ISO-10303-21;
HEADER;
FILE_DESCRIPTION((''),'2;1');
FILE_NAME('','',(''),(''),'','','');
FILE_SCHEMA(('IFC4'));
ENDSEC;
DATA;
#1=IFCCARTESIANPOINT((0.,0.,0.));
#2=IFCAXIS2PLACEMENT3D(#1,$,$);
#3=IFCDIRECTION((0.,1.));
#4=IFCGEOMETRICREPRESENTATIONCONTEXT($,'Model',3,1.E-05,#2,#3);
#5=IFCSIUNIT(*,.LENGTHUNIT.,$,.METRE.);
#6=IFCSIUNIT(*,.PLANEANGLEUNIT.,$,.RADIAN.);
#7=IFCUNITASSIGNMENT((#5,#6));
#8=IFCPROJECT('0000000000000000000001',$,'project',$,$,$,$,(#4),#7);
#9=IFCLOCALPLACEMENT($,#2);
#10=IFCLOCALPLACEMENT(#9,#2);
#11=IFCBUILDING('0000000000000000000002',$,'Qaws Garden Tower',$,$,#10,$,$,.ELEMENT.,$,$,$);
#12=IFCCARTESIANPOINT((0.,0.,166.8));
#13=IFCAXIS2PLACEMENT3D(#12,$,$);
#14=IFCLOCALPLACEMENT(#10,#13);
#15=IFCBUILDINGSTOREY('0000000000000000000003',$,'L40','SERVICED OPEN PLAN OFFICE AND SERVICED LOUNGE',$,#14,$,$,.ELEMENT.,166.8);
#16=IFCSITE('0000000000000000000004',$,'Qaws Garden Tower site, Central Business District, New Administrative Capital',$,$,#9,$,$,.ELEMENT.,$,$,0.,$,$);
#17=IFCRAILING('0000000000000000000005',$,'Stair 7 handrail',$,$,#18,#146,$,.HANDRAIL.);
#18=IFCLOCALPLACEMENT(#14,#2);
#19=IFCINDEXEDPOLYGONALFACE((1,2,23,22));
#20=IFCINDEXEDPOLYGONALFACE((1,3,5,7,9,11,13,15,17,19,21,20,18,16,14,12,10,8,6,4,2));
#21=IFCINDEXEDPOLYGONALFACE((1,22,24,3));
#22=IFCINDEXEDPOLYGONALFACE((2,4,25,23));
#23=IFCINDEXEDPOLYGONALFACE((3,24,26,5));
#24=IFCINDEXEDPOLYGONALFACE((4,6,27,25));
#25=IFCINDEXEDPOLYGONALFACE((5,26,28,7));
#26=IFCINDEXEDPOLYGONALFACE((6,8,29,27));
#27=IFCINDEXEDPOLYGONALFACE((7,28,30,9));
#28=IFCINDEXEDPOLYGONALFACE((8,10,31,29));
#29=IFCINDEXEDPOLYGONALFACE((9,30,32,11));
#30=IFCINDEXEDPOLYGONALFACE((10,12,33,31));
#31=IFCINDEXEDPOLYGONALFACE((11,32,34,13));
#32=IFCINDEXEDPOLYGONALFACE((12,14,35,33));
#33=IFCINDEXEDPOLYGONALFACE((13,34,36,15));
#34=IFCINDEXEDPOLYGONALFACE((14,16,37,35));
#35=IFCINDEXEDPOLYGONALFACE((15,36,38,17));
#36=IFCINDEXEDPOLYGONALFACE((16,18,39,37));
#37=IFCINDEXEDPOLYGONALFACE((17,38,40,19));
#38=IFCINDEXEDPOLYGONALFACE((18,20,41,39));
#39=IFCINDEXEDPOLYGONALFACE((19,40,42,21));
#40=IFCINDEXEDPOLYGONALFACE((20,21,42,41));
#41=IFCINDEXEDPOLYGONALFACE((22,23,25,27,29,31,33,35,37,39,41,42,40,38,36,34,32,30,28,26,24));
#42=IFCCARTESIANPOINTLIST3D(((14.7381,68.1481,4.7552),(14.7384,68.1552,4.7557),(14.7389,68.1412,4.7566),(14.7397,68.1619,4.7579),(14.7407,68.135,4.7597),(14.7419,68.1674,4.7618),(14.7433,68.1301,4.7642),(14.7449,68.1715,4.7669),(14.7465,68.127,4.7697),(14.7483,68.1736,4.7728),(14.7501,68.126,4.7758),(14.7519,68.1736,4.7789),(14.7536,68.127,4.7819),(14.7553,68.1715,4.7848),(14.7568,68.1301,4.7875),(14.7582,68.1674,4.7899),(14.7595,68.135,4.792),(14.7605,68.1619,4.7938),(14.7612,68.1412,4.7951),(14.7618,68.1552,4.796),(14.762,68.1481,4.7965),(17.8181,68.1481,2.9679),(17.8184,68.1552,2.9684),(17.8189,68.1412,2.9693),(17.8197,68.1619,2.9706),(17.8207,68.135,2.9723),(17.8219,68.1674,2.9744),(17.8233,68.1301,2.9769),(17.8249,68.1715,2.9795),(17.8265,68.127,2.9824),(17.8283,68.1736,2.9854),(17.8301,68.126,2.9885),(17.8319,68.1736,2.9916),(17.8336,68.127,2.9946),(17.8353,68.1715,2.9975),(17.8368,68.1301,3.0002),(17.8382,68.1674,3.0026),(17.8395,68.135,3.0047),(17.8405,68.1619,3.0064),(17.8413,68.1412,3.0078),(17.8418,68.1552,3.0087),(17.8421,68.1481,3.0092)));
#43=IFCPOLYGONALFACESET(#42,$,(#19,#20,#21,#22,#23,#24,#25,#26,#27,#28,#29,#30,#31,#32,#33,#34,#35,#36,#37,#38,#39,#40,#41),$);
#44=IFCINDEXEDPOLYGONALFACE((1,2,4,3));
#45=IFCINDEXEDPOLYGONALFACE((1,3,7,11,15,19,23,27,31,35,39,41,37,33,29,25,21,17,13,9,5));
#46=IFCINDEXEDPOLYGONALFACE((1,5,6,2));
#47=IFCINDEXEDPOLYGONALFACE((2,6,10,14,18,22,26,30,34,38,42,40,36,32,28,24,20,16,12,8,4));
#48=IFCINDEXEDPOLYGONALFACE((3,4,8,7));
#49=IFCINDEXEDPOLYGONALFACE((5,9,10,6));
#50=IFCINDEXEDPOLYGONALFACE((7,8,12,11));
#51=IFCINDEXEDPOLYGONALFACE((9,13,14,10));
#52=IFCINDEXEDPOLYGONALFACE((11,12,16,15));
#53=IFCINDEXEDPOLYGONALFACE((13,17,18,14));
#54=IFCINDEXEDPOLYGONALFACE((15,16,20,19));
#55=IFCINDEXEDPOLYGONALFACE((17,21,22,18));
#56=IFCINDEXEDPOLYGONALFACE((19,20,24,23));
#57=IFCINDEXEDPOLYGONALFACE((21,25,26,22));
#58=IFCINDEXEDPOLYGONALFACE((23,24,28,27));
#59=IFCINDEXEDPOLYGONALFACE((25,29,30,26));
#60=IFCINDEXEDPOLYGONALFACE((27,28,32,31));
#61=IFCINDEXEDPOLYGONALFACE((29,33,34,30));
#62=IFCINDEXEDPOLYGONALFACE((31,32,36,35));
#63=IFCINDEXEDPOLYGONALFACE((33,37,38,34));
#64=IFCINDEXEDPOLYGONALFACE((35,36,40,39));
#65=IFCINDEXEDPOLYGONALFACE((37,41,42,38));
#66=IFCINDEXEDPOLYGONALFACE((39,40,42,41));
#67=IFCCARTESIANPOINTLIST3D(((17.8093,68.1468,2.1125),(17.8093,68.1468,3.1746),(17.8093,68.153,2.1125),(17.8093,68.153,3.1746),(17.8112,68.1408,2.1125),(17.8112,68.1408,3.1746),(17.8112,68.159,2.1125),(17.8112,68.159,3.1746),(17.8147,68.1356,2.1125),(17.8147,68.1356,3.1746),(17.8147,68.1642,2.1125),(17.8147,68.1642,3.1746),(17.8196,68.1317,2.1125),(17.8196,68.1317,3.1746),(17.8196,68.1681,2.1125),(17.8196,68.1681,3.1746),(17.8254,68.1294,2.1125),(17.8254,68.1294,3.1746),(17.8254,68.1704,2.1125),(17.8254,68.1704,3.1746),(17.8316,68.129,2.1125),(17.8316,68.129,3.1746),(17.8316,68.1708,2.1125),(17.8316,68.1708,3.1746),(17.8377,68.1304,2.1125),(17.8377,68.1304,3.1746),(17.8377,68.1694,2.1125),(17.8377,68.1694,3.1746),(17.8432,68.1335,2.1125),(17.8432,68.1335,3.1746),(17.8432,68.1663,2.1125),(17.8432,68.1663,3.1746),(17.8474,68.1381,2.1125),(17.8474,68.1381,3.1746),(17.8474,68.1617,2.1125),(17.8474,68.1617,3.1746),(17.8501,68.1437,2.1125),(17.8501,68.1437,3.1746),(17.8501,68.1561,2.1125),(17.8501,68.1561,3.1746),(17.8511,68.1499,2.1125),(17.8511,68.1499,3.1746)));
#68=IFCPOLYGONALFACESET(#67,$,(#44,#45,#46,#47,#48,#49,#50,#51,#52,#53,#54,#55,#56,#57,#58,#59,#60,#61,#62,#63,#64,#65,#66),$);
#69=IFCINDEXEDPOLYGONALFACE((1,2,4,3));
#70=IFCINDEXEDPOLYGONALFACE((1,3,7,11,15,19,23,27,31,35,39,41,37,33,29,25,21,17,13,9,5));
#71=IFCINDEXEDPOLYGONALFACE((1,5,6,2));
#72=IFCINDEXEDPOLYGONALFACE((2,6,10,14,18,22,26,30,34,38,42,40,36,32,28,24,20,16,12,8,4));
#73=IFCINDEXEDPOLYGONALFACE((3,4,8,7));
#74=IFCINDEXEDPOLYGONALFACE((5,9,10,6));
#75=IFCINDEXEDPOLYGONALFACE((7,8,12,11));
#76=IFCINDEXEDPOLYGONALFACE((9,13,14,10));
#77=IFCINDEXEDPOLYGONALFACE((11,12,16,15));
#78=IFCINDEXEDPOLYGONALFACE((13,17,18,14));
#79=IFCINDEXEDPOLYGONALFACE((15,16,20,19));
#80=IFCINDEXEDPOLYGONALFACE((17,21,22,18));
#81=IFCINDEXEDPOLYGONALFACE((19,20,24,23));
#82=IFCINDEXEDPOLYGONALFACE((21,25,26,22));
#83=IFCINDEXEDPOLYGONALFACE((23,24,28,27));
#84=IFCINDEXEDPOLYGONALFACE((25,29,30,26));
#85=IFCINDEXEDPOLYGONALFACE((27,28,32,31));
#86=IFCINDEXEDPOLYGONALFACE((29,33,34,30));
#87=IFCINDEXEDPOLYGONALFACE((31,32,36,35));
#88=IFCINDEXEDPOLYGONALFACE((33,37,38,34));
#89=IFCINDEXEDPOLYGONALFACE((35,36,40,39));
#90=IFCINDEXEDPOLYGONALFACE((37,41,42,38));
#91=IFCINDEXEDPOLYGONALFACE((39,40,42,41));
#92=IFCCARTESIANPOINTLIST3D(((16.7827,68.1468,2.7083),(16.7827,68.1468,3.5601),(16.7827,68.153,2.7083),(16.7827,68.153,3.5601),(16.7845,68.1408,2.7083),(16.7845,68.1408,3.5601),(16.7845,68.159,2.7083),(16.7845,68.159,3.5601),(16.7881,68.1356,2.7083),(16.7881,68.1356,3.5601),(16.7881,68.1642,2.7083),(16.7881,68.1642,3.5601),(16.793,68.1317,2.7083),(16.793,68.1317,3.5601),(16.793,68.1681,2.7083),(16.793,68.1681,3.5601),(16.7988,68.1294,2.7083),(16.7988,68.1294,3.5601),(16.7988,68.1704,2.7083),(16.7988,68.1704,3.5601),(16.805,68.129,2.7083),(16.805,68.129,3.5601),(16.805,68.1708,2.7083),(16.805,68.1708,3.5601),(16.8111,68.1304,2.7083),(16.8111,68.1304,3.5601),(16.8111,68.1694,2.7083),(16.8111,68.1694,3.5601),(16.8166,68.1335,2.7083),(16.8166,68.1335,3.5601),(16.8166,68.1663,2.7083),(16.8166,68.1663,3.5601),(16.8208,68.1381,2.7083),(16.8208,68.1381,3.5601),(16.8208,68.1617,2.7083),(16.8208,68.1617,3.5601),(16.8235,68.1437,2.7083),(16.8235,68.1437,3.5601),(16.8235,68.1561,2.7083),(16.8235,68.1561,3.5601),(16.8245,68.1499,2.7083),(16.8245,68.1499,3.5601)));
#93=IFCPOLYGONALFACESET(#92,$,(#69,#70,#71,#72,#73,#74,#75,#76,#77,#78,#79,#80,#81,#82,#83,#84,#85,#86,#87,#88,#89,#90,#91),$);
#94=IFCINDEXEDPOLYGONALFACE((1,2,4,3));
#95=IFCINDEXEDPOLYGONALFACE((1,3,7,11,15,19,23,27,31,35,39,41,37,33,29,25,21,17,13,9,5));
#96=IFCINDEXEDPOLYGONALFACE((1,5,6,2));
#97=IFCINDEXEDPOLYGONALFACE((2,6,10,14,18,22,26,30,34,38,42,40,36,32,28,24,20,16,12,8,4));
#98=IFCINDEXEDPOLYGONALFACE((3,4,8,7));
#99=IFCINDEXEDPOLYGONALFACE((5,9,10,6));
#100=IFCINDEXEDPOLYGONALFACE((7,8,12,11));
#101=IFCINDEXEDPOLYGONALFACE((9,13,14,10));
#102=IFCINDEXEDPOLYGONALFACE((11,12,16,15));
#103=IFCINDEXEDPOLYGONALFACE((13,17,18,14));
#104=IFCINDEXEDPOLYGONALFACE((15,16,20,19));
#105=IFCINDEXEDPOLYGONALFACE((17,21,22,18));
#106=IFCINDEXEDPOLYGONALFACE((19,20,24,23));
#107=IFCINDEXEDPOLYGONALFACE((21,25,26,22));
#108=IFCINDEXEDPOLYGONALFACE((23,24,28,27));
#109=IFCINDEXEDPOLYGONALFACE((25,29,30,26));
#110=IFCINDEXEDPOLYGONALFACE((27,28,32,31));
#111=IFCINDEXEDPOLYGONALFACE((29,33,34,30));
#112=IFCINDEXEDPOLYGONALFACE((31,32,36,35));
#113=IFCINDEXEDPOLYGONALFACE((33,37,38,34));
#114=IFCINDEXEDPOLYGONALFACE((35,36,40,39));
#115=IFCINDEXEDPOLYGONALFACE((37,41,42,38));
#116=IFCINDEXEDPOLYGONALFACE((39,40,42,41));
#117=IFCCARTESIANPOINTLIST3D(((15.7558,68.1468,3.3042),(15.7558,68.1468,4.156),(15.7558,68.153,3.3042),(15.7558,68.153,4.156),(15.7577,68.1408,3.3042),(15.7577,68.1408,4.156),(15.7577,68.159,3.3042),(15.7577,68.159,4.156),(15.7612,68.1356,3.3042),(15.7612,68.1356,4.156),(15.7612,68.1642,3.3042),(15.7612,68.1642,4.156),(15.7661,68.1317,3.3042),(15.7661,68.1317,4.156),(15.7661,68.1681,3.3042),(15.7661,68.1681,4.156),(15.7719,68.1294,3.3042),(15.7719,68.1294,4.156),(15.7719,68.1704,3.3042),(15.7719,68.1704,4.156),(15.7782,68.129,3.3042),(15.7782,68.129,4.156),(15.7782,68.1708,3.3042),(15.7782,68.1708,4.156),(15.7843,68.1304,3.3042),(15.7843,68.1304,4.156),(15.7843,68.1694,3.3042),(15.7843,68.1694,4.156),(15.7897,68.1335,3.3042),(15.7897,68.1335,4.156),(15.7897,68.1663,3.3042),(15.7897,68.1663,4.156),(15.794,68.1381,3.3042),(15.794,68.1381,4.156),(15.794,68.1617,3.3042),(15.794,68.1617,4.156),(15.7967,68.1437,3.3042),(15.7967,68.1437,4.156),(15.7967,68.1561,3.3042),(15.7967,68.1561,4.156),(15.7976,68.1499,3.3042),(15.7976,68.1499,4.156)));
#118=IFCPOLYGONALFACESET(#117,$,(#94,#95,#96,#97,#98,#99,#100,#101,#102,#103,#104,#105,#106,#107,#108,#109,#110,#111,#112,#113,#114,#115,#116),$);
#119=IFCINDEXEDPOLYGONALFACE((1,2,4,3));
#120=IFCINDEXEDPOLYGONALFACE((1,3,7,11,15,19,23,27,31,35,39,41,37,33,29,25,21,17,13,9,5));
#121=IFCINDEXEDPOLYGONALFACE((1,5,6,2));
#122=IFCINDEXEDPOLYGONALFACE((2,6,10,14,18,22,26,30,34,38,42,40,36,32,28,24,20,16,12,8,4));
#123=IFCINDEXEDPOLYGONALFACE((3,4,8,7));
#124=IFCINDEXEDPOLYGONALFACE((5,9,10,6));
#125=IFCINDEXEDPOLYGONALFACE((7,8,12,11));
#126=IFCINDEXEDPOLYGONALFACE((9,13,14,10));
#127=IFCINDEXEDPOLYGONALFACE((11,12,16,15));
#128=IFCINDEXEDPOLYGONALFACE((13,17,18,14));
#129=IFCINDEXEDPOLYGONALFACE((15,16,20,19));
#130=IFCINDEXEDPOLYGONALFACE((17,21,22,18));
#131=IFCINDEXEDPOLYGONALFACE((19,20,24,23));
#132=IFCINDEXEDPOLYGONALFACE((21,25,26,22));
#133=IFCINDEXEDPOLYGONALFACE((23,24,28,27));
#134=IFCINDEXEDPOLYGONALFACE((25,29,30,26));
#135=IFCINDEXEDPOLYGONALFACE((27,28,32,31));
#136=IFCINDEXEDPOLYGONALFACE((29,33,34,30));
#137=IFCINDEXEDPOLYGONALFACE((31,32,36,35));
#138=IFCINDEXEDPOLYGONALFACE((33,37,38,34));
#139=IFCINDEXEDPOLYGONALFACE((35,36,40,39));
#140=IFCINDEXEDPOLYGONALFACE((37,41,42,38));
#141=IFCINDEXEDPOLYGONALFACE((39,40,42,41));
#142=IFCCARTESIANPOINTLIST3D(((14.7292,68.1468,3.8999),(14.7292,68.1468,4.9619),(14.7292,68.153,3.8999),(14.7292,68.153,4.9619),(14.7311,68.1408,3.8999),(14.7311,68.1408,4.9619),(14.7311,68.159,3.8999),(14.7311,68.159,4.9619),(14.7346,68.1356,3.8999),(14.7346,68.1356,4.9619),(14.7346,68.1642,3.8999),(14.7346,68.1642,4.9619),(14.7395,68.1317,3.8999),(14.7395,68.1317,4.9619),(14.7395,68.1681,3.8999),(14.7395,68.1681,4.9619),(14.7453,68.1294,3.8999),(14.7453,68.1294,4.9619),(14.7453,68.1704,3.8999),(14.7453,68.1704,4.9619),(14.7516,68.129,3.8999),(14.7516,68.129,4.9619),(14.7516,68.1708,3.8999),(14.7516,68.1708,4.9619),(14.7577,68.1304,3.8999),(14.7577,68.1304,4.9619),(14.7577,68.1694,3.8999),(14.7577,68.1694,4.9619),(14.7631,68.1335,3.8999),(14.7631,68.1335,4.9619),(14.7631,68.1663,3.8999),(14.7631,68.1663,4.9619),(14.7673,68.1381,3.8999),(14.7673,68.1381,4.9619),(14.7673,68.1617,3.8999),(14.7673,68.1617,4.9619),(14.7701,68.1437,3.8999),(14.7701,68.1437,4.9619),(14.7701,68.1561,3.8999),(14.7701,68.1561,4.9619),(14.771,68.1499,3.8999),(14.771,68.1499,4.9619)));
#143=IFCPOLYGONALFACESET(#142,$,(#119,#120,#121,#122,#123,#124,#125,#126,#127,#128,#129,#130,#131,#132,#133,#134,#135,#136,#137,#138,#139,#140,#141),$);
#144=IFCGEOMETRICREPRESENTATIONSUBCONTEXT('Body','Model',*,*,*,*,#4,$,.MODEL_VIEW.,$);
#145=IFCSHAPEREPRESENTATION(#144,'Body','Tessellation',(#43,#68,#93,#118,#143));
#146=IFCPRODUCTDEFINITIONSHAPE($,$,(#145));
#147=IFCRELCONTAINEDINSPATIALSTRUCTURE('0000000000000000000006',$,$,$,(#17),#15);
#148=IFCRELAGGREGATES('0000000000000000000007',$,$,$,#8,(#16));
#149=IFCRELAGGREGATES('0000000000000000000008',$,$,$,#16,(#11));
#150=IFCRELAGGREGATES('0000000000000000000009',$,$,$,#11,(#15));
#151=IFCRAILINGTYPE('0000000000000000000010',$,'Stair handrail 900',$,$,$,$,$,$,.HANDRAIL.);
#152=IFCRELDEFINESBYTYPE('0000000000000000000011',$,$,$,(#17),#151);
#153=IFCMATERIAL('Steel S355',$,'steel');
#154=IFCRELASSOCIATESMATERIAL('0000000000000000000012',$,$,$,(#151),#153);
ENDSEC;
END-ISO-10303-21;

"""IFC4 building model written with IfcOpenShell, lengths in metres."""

from ifc_helpers import new_model, si_unit, direction, frame, origin, origin_2d, place, context, subcontext, project, spatial, circle, extrude, material, type_object, element, save


model = new_model("IFC4")

# Units and contexts
model_context = context("Model", 3, precision=1e-05, world=origin(), true_north=direction((0.0, 1.0)))
body_context = subcontext(model_context, "Body", "Model", "MODEL_VIEW")
ifc_project = project(units=[si_unit("LENGTHUNIT", "METRE"), si_unit("PLANEANGLEUNIT", "RADIAN")], contexts=[model_context])

# Site, building, storey
site_placement = place(None, origin())
site = spatial("IfcSite", under=ifc_project, at=site_placement, Name="Qaws Garden Tower site, Central Business District, New Administrative Capital", CompositionType="ELEMENT", RefElevation=0.0)
building_placement = place(site_placement, origin())
building = spatial("IfcBuilding", under=site, at=building_placement, Name="Qaws Garden Tower", CompositionType="ELEMENT")
storey_placement = place(building_placement, frame((0.0, 0.0, 166.8)))
storey = spatial("IfcBuildingStorey", under=building, at=storey_placement, Name="L40", Description="SERVICED OPEN PLAN OFFICE AND SERVICED LOUNGE", CompositionType="ELEMENT", Elevation=166.8)

# Railing
ifc_material_1 = material(Name="Steel S355", Category="steel")
railing_type = type_object("IfcRailingType", Name="Stair handrail 900", PredefinedType="HANDRAIL", material=ifc_material_1)
railing_placement = place(storey_placement, frame((17.8301, 68.1499, 2.1125)))
element("IfcRailing", 1, at=railing_placement, inside=storey, type_object=railing_type, Name="Stair 7 handrail", PredefinedType="HANDRAIL", context=body_context, shape_type="SweptSolid", body=[
    extrude(circle(Radius=0.0239, at=origin_2d()), frame((0.0, 0.0, 0.876), z_axis=(-0.86492, 0.0, 0.501909), x_axis=(0.0, -1.0, 0.0)), (0.0, 0.0, 1.0), 3.561),
    extrude(circle(Radius=0.021, at=origin_2d()), origin(), (0.0, 0.0, 1.0), 1.062),
    extrude(circle(Radius=0.021, at=origin_2d()), frame((-1.0266, 0.0, 0.5957)), (0.0, 0.0, 1.0), 0.8518),
    extrude(circle(Radius=0.021, at=origin_2d()), frame((-2.0535, 0.0, 1.1917)), (0.0, 0.0, 1.0), 0.8518),
    extrude(circle(Radius=0.021, at=origin_2d()), frame((-3.0801, 0.0, 1.7874)), (0.0, 0.0, 1.0), 1.062),
])

save(model, "model.ifc")
